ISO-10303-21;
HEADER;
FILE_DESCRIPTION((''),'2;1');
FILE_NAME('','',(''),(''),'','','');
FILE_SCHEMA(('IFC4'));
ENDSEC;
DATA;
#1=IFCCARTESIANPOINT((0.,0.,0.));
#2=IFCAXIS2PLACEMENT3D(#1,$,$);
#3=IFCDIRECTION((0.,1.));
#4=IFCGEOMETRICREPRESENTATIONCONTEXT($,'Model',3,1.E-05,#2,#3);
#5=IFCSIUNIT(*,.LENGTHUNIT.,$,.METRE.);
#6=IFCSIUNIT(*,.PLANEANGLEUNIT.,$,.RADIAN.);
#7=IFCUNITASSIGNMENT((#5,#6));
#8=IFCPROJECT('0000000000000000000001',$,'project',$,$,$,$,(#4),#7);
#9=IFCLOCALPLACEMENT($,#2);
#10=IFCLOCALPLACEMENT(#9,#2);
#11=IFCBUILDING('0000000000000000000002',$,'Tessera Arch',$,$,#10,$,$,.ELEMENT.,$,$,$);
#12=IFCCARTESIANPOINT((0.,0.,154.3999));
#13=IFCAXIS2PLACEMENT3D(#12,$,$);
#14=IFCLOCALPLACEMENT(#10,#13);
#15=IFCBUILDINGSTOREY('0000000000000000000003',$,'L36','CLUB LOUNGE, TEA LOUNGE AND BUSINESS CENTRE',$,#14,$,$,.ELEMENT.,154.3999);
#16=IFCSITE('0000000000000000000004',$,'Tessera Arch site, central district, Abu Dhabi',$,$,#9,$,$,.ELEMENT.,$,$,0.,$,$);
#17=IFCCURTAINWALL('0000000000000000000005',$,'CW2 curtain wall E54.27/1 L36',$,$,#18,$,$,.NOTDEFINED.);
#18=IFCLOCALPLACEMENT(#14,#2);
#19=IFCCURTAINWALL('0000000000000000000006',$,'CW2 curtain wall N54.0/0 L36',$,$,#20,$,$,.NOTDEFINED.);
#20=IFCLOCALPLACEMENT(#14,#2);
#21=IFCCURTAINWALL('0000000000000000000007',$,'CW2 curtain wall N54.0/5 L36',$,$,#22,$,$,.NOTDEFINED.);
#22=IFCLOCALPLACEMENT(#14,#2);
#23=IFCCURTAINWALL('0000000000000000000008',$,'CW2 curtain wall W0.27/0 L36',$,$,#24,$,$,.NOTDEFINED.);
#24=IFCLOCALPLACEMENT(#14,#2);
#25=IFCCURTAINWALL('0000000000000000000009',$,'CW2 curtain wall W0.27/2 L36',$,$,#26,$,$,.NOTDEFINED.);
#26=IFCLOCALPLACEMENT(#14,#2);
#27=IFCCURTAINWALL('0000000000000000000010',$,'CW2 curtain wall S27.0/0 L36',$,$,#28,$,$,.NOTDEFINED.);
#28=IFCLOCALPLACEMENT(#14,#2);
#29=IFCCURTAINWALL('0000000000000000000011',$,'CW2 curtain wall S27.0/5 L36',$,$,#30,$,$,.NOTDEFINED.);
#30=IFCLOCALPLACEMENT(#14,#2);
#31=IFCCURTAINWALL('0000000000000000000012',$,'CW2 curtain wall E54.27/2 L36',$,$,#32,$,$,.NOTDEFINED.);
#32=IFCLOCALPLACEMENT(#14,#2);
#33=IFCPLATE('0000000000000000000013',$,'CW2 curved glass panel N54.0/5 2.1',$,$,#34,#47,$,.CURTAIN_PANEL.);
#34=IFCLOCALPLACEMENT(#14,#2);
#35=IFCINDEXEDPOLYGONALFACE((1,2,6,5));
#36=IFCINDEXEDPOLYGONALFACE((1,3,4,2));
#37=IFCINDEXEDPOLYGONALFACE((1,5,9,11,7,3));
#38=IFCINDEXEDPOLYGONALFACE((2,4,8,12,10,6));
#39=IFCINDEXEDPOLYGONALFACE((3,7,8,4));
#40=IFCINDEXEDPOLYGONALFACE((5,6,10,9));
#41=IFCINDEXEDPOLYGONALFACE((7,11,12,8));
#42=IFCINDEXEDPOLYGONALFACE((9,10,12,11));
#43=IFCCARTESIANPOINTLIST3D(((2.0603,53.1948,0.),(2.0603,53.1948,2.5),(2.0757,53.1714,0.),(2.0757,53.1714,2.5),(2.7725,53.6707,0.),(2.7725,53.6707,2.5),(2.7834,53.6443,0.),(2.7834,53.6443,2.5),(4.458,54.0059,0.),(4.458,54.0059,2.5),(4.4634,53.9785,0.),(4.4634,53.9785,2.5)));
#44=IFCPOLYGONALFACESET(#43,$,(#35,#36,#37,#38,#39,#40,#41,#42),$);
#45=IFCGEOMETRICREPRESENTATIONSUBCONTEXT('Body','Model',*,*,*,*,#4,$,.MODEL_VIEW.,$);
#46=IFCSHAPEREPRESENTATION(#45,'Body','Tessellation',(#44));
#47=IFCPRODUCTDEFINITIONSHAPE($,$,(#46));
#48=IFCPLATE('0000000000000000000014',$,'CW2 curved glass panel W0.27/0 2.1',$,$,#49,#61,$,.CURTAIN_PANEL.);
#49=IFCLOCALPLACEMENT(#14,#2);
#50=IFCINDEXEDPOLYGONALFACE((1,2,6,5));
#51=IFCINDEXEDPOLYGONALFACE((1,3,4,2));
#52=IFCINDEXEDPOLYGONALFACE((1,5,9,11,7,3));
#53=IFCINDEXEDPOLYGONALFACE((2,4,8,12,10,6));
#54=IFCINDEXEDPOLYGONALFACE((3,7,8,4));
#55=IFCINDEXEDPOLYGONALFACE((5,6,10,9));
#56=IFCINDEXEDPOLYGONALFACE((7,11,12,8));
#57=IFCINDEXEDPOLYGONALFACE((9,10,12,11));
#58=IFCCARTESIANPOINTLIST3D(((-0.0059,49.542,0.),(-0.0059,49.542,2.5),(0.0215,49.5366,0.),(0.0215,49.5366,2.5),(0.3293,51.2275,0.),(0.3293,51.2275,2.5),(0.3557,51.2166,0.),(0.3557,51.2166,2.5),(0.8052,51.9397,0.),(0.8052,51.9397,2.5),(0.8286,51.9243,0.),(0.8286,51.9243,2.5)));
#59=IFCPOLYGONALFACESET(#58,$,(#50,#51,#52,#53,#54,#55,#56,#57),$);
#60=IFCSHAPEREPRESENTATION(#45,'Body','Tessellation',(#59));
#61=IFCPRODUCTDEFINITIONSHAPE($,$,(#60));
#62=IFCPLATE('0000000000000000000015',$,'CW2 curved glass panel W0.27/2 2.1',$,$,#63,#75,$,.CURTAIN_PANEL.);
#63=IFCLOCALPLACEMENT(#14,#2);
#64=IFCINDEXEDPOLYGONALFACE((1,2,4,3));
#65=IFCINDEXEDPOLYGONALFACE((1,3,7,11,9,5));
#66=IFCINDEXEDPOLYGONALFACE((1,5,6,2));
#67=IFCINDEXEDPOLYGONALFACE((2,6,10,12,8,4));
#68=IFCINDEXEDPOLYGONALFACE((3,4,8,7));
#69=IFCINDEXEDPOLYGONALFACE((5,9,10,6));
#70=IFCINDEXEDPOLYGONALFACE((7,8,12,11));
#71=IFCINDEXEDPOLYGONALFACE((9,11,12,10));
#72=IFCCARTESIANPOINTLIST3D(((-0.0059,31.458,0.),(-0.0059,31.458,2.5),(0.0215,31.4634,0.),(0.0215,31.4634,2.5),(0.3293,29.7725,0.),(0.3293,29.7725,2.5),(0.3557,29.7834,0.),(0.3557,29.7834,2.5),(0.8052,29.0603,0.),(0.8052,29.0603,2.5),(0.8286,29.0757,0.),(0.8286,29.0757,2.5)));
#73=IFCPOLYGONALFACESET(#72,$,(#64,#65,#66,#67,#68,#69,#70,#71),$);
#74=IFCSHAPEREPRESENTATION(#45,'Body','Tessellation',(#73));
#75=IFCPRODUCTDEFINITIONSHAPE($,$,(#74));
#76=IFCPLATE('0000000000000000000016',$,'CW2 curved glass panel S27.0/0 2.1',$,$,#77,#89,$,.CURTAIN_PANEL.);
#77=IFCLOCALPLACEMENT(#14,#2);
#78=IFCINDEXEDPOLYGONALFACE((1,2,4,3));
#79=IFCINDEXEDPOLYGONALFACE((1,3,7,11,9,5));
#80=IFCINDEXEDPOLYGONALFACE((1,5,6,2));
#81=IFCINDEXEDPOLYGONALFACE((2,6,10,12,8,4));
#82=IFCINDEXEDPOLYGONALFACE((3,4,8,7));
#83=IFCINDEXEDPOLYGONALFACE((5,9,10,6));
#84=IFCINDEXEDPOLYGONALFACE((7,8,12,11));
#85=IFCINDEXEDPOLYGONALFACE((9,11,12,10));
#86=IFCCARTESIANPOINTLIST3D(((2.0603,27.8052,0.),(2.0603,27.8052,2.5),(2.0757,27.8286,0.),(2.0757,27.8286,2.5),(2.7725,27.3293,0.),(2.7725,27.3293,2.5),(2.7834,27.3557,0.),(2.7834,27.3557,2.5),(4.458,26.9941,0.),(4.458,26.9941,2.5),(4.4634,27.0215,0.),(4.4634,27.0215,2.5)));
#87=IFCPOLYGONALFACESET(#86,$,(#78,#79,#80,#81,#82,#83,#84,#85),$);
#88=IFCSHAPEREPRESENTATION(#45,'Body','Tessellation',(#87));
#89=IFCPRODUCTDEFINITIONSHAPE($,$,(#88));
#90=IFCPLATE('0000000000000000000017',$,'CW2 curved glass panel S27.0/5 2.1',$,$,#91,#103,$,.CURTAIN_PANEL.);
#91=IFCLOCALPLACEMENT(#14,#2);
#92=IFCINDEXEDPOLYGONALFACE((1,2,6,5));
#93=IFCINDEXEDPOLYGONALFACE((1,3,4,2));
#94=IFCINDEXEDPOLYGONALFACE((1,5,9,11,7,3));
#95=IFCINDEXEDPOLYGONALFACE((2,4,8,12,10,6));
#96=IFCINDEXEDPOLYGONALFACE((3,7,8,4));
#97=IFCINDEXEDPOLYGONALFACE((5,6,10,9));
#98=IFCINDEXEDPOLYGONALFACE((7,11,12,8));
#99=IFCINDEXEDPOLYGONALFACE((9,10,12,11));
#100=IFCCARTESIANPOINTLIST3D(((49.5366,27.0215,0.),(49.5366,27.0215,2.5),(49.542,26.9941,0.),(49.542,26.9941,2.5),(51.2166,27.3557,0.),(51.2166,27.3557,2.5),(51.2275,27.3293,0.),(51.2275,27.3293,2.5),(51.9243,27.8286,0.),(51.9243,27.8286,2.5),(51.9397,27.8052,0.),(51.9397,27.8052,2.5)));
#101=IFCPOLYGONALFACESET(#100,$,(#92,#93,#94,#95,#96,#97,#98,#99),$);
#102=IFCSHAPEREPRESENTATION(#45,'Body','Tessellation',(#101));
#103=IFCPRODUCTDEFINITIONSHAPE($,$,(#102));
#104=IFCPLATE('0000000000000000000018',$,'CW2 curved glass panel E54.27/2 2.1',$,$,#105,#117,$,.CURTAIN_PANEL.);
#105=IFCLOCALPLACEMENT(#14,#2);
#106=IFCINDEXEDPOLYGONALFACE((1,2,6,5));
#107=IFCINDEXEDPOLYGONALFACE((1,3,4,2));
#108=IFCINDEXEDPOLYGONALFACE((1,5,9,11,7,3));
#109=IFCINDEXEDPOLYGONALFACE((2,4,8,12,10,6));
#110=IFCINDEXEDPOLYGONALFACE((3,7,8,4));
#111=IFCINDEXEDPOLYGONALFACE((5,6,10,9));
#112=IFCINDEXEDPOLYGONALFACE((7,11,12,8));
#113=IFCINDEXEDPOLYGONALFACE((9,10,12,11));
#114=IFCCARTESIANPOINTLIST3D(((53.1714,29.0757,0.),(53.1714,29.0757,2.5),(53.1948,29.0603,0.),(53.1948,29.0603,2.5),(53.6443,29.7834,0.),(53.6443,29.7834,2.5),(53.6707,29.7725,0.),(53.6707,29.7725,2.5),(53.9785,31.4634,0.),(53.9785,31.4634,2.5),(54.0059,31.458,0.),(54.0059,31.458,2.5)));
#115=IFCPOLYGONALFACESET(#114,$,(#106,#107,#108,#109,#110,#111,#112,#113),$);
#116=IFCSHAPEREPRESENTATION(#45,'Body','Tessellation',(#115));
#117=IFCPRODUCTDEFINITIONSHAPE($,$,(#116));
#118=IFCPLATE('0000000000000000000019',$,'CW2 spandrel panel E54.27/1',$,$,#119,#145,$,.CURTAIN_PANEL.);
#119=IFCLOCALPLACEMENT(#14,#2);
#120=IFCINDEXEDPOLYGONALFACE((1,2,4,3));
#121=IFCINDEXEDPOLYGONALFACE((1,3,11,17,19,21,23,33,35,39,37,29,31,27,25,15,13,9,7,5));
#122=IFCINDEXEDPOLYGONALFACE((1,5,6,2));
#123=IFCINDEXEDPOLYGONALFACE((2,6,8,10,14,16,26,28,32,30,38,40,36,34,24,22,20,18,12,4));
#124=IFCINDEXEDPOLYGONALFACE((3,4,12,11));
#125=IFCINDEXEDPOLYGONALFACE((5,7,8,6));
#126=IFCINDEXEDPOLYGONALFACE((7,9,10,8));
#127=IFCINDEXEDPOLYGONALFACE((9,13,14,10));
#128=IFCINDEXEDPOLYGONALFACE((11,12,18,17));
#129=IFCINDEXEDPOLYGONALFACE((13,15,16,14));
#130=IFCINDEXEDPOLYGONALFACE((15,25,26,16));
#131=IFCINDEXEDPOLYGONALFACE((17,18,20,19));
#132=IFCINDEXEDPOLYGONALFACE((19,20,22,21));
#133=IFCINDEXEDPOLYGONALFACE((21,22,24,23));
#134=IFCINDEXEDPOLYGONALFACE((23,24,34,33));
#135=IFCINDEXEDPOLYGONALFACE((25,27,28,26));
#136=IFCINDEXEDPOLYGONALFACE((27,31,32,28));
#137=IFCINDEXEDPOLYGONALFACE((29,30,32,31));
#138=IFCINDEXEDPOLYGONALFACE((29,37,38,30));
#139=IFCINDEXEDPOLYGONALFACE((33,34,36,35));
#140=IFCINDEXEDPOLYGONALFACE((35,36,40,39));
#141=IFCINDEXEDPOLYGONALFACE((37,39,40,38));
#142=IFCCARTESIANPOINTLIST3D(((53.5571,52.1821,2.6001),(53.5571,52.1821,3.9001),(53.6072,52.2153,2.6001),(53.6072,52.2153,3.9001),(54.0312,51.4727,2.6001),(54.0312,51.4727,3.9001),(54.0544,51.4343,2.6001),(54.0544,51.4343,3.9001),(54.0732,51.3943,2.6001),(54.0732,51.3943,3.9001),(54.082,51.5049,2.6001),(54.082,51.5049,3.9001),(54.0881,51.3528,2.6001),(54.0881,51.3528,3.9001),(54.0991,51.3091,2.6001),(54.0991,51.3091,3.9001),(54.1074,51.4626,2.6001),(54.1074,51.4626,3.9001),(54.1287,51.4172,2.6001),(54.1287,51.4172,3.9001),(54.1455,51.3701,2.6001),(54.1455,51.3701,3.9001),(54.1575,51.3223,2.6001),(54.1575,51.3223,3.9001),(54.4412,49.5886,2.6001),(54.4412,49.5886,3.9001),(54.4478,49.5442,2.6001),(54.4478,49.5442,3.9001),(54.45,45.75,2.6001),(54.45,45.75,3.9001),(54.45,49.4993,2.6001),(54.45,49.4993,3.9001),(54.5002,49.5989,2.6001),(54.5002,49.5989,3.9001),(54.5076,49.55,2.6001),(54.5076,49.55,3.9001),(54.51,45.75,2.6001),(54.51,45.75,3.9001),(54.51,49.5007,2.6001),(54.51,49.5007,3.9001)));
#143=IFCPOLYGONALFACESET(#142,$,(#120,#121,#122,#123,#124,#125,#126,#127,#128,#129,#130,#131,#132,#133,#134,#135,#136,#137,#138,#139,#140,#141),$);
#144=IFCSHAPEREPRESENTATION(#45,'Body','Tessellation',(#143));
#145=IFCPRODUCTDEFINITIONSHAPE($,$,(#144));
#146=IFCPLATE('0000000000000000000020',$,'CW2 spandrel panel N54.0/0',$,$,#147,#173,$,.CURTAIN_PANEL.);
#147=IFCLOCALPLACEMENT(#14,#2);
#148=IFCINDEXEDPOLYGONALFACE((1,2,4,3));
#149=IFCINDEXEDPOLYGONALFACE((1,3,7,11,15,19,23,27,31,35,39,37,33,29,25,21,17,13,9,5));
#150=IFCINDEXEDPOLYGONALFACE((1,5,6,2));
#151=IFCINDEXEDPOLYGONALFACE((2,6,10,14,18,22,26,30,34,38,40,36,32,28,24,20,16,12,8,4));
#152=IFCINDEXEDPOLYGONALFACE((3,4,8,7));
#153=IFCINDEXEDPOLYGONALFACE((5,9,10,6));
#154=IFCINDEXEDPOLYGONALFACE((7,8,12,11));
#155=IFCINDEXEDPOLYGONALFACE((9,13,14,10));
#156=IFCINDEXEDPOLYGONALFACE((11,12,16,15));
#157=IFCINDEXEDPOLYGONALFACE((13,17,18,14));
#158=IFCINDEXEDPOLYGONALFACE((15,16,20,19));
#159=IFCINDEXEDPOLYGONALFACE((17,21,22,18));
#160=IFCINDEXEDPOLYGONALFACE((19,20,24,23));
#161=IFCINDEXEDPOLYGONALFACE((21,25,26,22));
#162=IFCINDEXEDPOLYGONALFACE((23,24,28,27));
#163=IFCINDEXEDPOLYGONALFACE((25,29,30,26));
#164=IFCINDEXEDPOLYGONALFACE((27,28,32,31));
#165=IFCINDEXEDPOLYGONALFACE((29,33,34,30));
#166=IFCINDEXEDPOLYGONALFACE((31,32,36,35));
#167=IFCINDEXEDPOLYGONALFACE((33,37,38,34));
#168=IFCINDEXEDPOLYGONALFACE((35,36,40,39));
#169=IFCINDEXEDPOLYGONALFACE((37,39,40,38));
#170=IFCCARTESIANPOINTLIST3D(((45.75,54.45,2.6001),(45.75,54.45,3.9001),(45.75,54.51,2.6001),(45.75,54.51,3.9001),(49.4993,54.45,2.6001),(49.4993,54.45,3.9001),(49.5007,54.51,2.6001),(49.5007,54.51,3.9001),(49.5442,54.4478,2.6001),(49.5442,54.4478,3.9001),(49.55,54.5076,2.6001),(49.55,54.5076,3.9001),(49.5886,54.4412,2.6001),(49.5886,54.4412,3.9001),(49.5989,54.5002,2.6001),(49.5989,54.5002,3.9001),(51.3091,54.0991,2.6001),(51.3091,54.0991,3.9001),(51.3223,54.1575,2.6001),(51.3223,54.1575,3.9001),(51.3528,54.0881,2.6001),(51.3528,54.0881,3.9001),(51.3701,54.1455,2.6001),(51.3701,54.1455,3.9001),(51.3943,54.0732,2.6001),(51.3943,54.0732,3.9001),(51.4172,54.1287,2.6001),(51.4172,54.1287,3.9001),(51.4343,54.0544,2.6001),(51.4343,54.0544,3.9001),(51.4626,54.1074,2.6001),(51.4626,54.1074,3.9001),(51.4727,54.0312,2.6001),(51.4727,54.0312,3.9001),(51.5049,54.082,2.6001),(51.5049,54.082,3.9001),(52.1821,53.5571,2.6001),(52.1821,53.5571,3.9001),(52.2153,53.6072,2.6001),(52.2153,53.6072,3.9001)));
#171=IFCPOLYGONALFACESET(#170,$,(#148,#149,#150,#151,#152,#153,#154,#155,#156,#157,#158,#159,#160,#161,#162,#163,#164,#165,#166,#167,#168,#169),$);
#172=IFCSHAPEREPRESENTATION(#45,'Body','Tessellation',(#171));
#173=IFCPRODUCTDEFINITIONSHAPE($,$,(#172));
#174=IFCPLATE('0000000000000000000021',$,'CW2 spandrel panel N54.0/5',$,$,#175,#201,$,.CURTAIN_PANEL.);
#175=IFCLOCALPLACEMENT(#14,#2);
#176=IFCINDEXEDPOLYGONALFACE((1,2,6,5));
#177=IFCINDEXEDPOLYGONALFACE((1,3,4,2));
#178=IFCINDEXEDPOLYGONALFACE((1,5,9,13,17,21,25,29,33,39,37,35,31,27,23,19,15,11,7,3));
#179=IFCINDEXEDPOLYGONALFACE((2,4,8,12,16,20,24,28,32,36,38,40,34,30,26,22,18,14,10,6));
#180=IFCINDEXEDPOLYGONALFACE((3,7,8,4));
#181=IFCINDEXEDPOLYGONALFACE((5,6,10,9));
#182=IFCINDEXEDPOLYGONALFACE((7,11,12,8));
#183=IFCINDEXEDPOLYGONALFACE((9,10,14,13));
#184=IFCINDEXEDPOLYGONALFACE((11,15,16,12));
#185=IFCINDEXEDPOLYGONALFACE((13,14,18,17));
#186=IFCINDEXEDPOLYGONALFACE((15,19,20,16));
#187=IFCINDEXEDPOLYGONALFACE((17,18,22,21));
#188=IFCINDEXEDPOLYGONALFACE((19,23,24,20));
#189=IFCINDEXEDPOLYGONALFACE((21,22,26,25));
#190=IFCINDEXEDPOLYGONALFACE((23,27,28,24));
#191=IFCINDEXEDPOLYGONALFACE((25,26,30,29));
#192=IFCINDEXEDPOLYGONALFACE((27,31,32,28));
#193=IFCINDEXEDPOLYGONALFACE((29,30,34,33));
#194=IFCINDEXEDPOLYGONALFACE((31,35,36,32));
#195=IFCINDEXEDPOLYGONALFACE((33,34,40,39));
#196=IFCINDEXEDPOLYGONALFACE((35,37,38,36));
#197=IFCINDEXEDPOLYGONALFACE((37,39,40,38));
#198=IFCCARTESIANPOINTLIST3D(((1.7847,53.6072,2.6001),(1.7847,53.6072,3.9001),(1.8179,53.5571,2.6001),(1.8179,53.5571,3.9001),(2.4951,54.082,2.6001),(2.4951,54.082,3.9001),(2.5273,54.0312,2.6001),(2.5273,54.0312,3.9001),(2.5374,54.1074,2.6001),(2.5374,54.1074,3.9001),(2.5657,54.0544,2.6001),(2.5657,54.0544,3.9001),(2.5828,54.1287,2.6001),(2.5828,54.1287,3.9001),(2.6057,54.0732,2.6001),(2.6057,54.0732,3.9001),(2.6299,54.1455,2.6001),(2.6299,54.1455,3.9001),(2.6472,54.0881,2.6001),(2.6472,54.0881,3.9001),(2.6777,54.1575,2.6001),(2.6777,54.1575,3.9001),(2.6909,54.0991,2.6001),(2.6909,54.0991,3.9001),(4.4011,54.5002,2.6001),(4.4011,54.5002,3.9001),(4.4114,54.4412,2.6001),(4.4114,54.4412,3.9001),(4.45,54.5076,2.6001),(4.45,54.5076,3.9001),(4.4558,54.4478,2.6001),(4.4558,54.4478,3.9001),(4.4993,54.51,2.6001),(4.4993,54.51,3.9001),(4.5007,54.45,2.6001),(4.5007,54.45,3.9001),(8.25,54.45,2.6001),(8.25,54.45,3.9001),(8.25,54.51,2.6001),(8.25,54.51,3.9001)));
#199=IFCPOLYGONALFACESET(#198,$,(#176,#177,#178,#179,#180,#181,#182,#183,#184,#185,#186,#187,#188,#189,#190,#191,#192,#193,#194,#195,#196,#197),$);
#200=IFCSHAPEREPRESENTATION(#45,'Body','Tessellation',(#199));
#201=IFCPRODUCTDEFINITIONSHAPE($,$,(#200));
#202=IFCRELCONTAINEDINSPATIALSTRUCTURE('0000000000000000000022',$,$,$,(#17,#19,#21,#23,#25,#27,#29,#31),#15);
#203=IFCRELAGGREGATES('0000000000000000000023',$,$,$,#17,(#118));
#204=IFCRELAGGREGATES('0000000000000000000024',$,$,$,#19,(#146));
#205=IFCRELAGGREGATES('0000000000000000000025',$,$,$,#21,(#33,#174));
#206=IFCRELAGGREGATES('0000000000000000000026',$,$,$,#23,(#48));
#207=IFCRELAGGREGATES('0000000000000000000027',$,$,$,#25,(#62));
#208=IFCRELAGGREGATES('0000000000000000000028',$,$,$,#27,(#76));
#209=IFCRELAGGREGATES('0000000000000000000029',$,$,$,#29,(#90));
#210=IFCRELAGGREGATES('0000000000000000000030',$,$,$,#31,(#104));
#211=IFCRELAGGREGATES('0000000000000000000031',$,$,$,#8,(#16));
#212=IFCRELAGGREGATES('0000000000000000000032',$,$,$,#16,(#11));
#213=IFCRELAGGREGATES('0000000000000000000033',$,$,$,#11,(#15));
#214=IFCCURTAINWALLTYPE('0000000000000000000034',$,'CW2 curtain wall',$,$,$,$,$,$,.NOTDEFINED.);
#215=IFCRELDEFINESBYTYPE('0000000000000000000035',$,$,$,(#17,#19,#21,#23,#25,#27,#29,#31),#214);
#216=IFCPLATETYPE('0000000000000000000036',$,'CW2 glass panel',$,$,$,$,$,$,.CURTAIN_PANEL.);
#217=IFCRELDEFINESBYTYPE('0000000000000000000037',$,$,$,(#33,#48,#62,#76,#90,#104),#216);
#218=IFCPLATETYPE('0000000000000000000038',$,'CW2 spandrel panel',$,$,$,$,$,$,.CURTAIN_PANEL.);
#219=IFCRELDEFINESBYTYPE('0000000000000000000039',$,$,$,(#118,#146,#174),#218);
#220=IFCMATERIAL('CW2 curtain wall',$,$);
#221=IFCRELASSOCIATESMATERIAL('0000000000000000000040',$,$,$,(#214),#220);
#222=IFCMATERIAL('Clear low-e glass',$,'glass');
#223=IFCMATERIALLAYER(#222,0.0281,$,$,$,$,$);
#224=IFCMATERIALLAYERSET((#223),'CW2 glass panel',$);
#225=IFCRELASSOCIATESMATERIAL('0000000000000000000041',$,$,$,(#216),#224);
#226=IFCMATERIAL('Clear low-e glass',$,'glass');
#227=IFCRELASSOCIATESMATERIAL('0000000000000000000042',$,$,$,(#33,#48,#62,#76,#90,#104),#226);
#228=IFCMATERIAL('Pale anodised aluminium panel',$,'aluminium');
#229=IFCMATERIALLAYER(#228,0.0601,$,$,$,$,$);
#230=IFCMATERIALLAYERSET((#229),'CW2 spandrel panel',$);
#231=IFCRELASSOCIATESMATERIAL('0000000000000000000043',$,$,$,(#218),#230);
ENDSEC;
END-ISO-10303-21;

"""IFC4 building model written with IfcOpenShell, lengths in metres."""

from ifc_helpers import new_model, si_unit, direction, frame, origin, place, context, subcontext, project, spatial, polyline, outline, extrude, material, layer, layer_set, type_object, element, aggregate, save


model = new_model("IFC4")

# Units and contexts
model_context = context("Model", 3, precision=1e-05, world=origin(), true_north=direction((0.0, 1.0)))
body_context = subcontext(model_context, "Body", "Model", "MODEL_VIEW")
ifc_project = project(units=[si_unit("LENGTHUNIT", "METRE"), si_unit("PLANEANGLEUNIT", "RADIAN")], contexts=[model_context])

# Site, building, storey
site_placement = place(None, origin())
site = spatial("IfcSite", under=ifc_project, at=site_placement, Name="Tessera Arch site, central district, Abu Dhabi", CompositionType="ELEMENT", RefElevation=0.0)
building_placement = place(site_placement, origin())
building = spatial("IfcBuilding", under=site, at=building_placement, Name="Tessera Arch", CompositionType="ELEMENT")
storey_placement = place(building_placement, frame((0.0, 0.0, 154.3999)))
storey = spatial("IfcBuildingStorey", under=building, at=storey_placement, Name="L36", Description="CLUB LOUNGE, TEA LOUNGE AND BUSINESS CENTRE", CompositionType="ELEMENT", Elevation=154.3999)

# Curtain walls
ifc_material_1 = material(Name="CW2 curtain wall")
curtain_wall_type_1 = type_object("IfcCurtainWallType", Name="CW2 curtain wall", PredefinedType="NOTDEFINED", material=ifc_material_1)
curtain_wall_1_placement = place(storey_placement, origin())
curtain_wall_1 = element("IfcCurtainWall", 1, at=curtain_wall_1_placement, inside=storey, type_object=curtain_wall_type_1, Name="CW2 curtain wall E54.27/1 L36", PredefinedType="NOTDEFINED")
curtain_wall_2_placement = place(storey_placement, origin())
curtain_wall_2 = element("IfcCurtainWall", 2, at=curtain_wall_2_placement, inside=storey, type_object=curtain_wall_type_1, Name="CW2 curtain wall N54.0/0 L36", PredefinedType="NOTDEFINED")
curtain_wall_3_placement = place(storey_placement, origin())
curtain_wall_3 = element("IfcCurtainWall", 3, at=curtain_wall_3_placement, inside=storey, type_object=curtain_wall_type_1, Name="CW2 curtain wall N54.0/5 L36", PredefinedType="NOTDEFINED")
curtain_wall_4_placement = place(storey_placement, origin())
curtain_wall_4 = element("IfcCurtainWall", 4, at=curtain_wall_4_placement, inside=storey, type_object=curtain_wall_type_1, Name="CW2 curtain wall W0.27/0 L36", PredefinedType="NOTDEFINED")
curtain_wall_5_placement = place(storey_placement, origin())
curtain_wall_5 = element("IfcCurtainWall", 5, at=curtain_wall_5_placement, inside=storey, type_object=curtain_wall_type_1, Name="CW2 curtain wall W0.27/2 L36", PredefinedType="NOTDEFINED")
curtain_wall_6_placement = place(storey_placement, origin())
curtain_wall_6 = element("IfcCurtainWall", 6, at=curtain_wall_6_placement, inside=storey, type_object=curtain_wall_type_1, Name="CW2 curtain wall S27.0/0 L36", PredefinedType="NOTDEFINED")
curtain_wall_7_placement = place(storey_placement, origin())
curtain_wall_7 = element("IfcCurtainWall", 7, at=curtain_wall_7_placement, inside=storey, type_object=curtain_wall_type_1, Name="CW2 curtain wall S27.0/5 L36", PredefinedType="NOTDEFINED")
curtain_wall_8_placement = place(storey_placement, origin())
curtain_wall_8 = element("IfcCurtainWall", 8, at=curtain_wall_8_placement, inside=storey, type_object=curtain_wall_type_1, Name="CW2 curtain wall E54.27/2 L36", PredefinedType="NOTDEFINED")

# Plates
ifc_material_2 = material(Name="Clear low-e glass", Category="glass")
ifc_material_3 = material(Name="Clear low-e glass", Category="glass")
ifc_layer_1 = layer(ifc_material_3, 0.0281)
ifc_layer_set_1 = layer_set([ifc_layer_1], Name="CW2 glass panel")
plate_type_1 = type_object("IfcPlateType", Name="CW2 glass panel", PredefinedType="CURTAIN_PANEL", material=ifc_layer_set_1)
plate_1_placement = place(storey_placement, origin())
plate_1 = element("IfcPlate", 9, at=plate_1_placement, type_object=plate_type_1, material=ifc_material_2, Name="CW2 curved glass panel N54.0/5 2.1", PredefinedType="CURTAIN_PANEL", context=body_context, shape_type="SweptSolid", body=[
    extrude(outline(polyline([(2.7834, 53.6443), (4.4634, 53.9785), (4.458, 54.0059), (2.7725, 53.6707), (2.0603, 53.1948), (2.0757, 53.1714), (2.7834, 53.6443)])), origin(), (0.0, 0.0, 1.0), 2.5),
])
plate_2_placement = place(storey_placement, origin())
plate_2 = element("IfcPlate", 10, at=plate_2_placement, type_object=plate_type_1, material=ifc_material_2, Name="CW2 curved glass panel W0.27/0 2.1", PredefinedType="CURTAIN_PANEL", context=body_context, shape_type="SweptSolid", body=[
    extrude(outline(polyline([(0.3557, 51.2166), (0.8286, 51.9243), (0.8052, 51.9397), (0.3293, 51.2275), (-0.0059, 49.542), (0.0215, 49.5366), (0.3557, 51.2166)])), origin(), (0.0, 0.0, 1.0), 2.5),
])
plate_3_placement = place(storey_placement, origin())
plate_3 = element("IfcPlate", 11, at=plate_3_placement, type_object=plate_type_1, material=ifc_material_2, Name="CW2 curved glass panel W0.27/2 2.1", PredefinedType="CURTAIN_PANEL", context=body_context, shape_type="SweptSolid", body=[
    extrude(outline(polyline([(0.3557, 29.7834), (0.0215, 31.4634), (-0.0059, 31.458), (0.3293, 29.7725), (0.8052, 29.0603), (0.8286, 29.0757), (0.3557, 29.7834)])), origin(), (0.0, 0.0, 1.0), 2.5),
])
plate_4_placement = place(storey_placement, origin())
plate_4 = element("IfcPlate", 12, at=plate_4_placement, type_object=plate_type_1, material=ifc_material_2, Name="CW2 curved glass panel S27.0/0 2.1", PredefinedType="CURTAIN_PANEL", context=body_context, shape_type="SweptSolid", body=[
    extrude(outline(polyline([(2.7834, 27.3557), (2.0757, 27.8286), (2.0603, 27.8052), (2.7725, 27.3293), (4.458, 26.9941), (4.4634, 27.0215), (2.7834, 27.3557)])), origin(), (0.0, 0.0, 1.0), 2.5),
])
plate_5_placement = place(storey_placement, origin())
plate_5 = element("IfcPlate", 13, at=plate_5_placement, type_object=plate_type_1, material=ifc_material_2, Name="CW2 curved glass panel S27.0/5 2.1", PredefinedType="CURTAIN_PANEL", context=body_context, shape_type="SweptSolid", body=[
    extrude(outline(polyline([(51.2166, 27.3557), (49.5366, 27.0215), (49.542, 26.9941), (51.2275, 27.3293), (51.9397, 27.8052), (51.9243, 27.8286), (51.2166, 27.3557)])), origin(), (0.0, 0.0, 1.0), 2.5),
])
plate_6_placement = place(storey_placement, origin())
plate_6 = element("IfcPlate", 14, at=plate_6_placement, type_object=plate_type_1, material=ifc_material_2, Name="CW2 curved glass panel E54.27/2 2.1", PredefinedType="CURTAIN_PANEL", context=body_context, shape_type="SweptSolid", body=[
    extrude(outline(polyline([(53.6443, 29.7834), (53.1714, 29.0757), (53.1948, 29.0603), (53.6707, 29.7725), (54.0059, 31.458), (53.9785, 31.4634), (53.6443, 29.7834)])), origin(), (0.0, 0.0, 1.0), 2.5),
])
ifc_material_4 = material(Name="Pale anodised aluminium panel", Category="aluminium")
ifc_layer_2 = layer(ifc_material_4, 0.0601)
ifc_layer_set_2 = layer_set([ifc_layer_2], Name="CW2 spandrel panel")
plate_type_2 = type_object("IfcPlateType", Name="CW2 spandrel panel", PredefinedType="CURTAIN_PANEL", material=ifc_layer_set_2)
plate_7_placement = place(storey_placement, frame((0.0, 0.0, 2.6001)))
plate_7 = element("IfcPlate", 15, at=plate_7_placement, type_object=plate_type_2, Name="CW2 spandrel panel E54.27/1", PredefinedType="CURTAIN_PANEL", context=body_context, shape_type="SweptSolid", body=[
    extrude(outline(polyline([(54.45, 49.4993), (54.45, 45.75), (54.51, 45.75), (54.51, 49.5007), (54.5076, 49.55), (54.5002, 49.5989), (54.1575, 51.3223), (54.1455, 51.3701), (54.1287, 51.4172), (54.1074, 51.4626), (54.082, 51.5049), (53.6072, 52.2153), (53.5571, 52.1821), (54.0312, 51.4727), (54.0544, 51.4343), (54.0732, 51.3943), (54.0881, 51.3528), (54.0991, 51.3091), (54.4412, 49.5886), (54.4478, 49.5442), (54.45, 49.4993)])), origin(), (0.0, 0.0, 1.0), 1.3),
])
aggregate(curtain_wall_1, [plate_7])
plate_8_placement = place(storey_placement, frame((0.0, 0.0, 2.6001)))
plate_8 = element("IfcPlate", 16, at=plate_8_placement, type_object=plate_type_2, Name="CW2 spandrel panel N54.0/0", PredefinedType="CURTAIN_PANEL", context=body_context, shape_type="SweptSolid", body=[
    extrude(outline(polyline([(51.4727, 54.0312), (52.1821, 53.5571), (52.2153, 53.6072), (51.5049, 54.082), (51.4626, 54.1074), (51.4172, 54.1287), (51.3701, 54.1455), (51.3223, 54.1575), (49.5989, 54.5002), (49.55, 54.5076), (49.5007, 54.51), (45.75, 54.51), (45.75, 54.45), (49.4993, 54.45), (49.5442, 54.4478), (49.5886, 54.4412), (51.3091, 54.0991), (51.3528, 54.0881), (51.3943, 54.0732), (51.4343, 54.0544), (51.4727, 54.0312)])), origin(), (0.0, 0.0, 1.0), 1.3),
])
aggregate(curtain_wall_2, [plate_8])
plate_9_placement = place(storey_placement, frame((0.0, 0.0, 2.6001)))
plate_9 = element("IfcPlate", 17, at=plate_9_placement, type_object=plate_type_2, Name="CW2 spandrel panel N54.0/5", PredefinedType="CURTAIN_PANEL", context=body_context, shape_type="SweptSolid", body=[
    extrude(outline(polyline([(4.5007, 54.45), (8.25, 54.45), (8.25, 54.51), (4.4993, 54.51), (4.45, 54.5076), (4.4011, 54.5002), (2.6777, 54.1575), (2.6299, 54.1455), (2.5828, 54.1287), (2.5374, 54.1074), (2.4951, 54.082), (1.7847, 53.6072), (1.8179, 53.5571), (2.5273, 54.0312), (2.5657, 54.0544), (2.6057, 54.0732), (2.6472, 54.0881), (2.6909, 54.0991), (4.4114, 54.4412), (4.4558, 54.4478), (4.5007, 54.45)])), origin(), (0.0, 0.0, 1.0), 1.3),
])
aggregate(curtain_wall_3, [plate_1, plate_9])
aggregate(curtain_wall_4, [plate_2])
aggregate(curtain_wall_5, [plate_3])
aggregate(curtain_wall_6, [plate_4])
aggregate(curtain_wall_7, [plate_5])
aggregate(curtain_wall_8, [plate_6])

save(model, "model.ifc")
